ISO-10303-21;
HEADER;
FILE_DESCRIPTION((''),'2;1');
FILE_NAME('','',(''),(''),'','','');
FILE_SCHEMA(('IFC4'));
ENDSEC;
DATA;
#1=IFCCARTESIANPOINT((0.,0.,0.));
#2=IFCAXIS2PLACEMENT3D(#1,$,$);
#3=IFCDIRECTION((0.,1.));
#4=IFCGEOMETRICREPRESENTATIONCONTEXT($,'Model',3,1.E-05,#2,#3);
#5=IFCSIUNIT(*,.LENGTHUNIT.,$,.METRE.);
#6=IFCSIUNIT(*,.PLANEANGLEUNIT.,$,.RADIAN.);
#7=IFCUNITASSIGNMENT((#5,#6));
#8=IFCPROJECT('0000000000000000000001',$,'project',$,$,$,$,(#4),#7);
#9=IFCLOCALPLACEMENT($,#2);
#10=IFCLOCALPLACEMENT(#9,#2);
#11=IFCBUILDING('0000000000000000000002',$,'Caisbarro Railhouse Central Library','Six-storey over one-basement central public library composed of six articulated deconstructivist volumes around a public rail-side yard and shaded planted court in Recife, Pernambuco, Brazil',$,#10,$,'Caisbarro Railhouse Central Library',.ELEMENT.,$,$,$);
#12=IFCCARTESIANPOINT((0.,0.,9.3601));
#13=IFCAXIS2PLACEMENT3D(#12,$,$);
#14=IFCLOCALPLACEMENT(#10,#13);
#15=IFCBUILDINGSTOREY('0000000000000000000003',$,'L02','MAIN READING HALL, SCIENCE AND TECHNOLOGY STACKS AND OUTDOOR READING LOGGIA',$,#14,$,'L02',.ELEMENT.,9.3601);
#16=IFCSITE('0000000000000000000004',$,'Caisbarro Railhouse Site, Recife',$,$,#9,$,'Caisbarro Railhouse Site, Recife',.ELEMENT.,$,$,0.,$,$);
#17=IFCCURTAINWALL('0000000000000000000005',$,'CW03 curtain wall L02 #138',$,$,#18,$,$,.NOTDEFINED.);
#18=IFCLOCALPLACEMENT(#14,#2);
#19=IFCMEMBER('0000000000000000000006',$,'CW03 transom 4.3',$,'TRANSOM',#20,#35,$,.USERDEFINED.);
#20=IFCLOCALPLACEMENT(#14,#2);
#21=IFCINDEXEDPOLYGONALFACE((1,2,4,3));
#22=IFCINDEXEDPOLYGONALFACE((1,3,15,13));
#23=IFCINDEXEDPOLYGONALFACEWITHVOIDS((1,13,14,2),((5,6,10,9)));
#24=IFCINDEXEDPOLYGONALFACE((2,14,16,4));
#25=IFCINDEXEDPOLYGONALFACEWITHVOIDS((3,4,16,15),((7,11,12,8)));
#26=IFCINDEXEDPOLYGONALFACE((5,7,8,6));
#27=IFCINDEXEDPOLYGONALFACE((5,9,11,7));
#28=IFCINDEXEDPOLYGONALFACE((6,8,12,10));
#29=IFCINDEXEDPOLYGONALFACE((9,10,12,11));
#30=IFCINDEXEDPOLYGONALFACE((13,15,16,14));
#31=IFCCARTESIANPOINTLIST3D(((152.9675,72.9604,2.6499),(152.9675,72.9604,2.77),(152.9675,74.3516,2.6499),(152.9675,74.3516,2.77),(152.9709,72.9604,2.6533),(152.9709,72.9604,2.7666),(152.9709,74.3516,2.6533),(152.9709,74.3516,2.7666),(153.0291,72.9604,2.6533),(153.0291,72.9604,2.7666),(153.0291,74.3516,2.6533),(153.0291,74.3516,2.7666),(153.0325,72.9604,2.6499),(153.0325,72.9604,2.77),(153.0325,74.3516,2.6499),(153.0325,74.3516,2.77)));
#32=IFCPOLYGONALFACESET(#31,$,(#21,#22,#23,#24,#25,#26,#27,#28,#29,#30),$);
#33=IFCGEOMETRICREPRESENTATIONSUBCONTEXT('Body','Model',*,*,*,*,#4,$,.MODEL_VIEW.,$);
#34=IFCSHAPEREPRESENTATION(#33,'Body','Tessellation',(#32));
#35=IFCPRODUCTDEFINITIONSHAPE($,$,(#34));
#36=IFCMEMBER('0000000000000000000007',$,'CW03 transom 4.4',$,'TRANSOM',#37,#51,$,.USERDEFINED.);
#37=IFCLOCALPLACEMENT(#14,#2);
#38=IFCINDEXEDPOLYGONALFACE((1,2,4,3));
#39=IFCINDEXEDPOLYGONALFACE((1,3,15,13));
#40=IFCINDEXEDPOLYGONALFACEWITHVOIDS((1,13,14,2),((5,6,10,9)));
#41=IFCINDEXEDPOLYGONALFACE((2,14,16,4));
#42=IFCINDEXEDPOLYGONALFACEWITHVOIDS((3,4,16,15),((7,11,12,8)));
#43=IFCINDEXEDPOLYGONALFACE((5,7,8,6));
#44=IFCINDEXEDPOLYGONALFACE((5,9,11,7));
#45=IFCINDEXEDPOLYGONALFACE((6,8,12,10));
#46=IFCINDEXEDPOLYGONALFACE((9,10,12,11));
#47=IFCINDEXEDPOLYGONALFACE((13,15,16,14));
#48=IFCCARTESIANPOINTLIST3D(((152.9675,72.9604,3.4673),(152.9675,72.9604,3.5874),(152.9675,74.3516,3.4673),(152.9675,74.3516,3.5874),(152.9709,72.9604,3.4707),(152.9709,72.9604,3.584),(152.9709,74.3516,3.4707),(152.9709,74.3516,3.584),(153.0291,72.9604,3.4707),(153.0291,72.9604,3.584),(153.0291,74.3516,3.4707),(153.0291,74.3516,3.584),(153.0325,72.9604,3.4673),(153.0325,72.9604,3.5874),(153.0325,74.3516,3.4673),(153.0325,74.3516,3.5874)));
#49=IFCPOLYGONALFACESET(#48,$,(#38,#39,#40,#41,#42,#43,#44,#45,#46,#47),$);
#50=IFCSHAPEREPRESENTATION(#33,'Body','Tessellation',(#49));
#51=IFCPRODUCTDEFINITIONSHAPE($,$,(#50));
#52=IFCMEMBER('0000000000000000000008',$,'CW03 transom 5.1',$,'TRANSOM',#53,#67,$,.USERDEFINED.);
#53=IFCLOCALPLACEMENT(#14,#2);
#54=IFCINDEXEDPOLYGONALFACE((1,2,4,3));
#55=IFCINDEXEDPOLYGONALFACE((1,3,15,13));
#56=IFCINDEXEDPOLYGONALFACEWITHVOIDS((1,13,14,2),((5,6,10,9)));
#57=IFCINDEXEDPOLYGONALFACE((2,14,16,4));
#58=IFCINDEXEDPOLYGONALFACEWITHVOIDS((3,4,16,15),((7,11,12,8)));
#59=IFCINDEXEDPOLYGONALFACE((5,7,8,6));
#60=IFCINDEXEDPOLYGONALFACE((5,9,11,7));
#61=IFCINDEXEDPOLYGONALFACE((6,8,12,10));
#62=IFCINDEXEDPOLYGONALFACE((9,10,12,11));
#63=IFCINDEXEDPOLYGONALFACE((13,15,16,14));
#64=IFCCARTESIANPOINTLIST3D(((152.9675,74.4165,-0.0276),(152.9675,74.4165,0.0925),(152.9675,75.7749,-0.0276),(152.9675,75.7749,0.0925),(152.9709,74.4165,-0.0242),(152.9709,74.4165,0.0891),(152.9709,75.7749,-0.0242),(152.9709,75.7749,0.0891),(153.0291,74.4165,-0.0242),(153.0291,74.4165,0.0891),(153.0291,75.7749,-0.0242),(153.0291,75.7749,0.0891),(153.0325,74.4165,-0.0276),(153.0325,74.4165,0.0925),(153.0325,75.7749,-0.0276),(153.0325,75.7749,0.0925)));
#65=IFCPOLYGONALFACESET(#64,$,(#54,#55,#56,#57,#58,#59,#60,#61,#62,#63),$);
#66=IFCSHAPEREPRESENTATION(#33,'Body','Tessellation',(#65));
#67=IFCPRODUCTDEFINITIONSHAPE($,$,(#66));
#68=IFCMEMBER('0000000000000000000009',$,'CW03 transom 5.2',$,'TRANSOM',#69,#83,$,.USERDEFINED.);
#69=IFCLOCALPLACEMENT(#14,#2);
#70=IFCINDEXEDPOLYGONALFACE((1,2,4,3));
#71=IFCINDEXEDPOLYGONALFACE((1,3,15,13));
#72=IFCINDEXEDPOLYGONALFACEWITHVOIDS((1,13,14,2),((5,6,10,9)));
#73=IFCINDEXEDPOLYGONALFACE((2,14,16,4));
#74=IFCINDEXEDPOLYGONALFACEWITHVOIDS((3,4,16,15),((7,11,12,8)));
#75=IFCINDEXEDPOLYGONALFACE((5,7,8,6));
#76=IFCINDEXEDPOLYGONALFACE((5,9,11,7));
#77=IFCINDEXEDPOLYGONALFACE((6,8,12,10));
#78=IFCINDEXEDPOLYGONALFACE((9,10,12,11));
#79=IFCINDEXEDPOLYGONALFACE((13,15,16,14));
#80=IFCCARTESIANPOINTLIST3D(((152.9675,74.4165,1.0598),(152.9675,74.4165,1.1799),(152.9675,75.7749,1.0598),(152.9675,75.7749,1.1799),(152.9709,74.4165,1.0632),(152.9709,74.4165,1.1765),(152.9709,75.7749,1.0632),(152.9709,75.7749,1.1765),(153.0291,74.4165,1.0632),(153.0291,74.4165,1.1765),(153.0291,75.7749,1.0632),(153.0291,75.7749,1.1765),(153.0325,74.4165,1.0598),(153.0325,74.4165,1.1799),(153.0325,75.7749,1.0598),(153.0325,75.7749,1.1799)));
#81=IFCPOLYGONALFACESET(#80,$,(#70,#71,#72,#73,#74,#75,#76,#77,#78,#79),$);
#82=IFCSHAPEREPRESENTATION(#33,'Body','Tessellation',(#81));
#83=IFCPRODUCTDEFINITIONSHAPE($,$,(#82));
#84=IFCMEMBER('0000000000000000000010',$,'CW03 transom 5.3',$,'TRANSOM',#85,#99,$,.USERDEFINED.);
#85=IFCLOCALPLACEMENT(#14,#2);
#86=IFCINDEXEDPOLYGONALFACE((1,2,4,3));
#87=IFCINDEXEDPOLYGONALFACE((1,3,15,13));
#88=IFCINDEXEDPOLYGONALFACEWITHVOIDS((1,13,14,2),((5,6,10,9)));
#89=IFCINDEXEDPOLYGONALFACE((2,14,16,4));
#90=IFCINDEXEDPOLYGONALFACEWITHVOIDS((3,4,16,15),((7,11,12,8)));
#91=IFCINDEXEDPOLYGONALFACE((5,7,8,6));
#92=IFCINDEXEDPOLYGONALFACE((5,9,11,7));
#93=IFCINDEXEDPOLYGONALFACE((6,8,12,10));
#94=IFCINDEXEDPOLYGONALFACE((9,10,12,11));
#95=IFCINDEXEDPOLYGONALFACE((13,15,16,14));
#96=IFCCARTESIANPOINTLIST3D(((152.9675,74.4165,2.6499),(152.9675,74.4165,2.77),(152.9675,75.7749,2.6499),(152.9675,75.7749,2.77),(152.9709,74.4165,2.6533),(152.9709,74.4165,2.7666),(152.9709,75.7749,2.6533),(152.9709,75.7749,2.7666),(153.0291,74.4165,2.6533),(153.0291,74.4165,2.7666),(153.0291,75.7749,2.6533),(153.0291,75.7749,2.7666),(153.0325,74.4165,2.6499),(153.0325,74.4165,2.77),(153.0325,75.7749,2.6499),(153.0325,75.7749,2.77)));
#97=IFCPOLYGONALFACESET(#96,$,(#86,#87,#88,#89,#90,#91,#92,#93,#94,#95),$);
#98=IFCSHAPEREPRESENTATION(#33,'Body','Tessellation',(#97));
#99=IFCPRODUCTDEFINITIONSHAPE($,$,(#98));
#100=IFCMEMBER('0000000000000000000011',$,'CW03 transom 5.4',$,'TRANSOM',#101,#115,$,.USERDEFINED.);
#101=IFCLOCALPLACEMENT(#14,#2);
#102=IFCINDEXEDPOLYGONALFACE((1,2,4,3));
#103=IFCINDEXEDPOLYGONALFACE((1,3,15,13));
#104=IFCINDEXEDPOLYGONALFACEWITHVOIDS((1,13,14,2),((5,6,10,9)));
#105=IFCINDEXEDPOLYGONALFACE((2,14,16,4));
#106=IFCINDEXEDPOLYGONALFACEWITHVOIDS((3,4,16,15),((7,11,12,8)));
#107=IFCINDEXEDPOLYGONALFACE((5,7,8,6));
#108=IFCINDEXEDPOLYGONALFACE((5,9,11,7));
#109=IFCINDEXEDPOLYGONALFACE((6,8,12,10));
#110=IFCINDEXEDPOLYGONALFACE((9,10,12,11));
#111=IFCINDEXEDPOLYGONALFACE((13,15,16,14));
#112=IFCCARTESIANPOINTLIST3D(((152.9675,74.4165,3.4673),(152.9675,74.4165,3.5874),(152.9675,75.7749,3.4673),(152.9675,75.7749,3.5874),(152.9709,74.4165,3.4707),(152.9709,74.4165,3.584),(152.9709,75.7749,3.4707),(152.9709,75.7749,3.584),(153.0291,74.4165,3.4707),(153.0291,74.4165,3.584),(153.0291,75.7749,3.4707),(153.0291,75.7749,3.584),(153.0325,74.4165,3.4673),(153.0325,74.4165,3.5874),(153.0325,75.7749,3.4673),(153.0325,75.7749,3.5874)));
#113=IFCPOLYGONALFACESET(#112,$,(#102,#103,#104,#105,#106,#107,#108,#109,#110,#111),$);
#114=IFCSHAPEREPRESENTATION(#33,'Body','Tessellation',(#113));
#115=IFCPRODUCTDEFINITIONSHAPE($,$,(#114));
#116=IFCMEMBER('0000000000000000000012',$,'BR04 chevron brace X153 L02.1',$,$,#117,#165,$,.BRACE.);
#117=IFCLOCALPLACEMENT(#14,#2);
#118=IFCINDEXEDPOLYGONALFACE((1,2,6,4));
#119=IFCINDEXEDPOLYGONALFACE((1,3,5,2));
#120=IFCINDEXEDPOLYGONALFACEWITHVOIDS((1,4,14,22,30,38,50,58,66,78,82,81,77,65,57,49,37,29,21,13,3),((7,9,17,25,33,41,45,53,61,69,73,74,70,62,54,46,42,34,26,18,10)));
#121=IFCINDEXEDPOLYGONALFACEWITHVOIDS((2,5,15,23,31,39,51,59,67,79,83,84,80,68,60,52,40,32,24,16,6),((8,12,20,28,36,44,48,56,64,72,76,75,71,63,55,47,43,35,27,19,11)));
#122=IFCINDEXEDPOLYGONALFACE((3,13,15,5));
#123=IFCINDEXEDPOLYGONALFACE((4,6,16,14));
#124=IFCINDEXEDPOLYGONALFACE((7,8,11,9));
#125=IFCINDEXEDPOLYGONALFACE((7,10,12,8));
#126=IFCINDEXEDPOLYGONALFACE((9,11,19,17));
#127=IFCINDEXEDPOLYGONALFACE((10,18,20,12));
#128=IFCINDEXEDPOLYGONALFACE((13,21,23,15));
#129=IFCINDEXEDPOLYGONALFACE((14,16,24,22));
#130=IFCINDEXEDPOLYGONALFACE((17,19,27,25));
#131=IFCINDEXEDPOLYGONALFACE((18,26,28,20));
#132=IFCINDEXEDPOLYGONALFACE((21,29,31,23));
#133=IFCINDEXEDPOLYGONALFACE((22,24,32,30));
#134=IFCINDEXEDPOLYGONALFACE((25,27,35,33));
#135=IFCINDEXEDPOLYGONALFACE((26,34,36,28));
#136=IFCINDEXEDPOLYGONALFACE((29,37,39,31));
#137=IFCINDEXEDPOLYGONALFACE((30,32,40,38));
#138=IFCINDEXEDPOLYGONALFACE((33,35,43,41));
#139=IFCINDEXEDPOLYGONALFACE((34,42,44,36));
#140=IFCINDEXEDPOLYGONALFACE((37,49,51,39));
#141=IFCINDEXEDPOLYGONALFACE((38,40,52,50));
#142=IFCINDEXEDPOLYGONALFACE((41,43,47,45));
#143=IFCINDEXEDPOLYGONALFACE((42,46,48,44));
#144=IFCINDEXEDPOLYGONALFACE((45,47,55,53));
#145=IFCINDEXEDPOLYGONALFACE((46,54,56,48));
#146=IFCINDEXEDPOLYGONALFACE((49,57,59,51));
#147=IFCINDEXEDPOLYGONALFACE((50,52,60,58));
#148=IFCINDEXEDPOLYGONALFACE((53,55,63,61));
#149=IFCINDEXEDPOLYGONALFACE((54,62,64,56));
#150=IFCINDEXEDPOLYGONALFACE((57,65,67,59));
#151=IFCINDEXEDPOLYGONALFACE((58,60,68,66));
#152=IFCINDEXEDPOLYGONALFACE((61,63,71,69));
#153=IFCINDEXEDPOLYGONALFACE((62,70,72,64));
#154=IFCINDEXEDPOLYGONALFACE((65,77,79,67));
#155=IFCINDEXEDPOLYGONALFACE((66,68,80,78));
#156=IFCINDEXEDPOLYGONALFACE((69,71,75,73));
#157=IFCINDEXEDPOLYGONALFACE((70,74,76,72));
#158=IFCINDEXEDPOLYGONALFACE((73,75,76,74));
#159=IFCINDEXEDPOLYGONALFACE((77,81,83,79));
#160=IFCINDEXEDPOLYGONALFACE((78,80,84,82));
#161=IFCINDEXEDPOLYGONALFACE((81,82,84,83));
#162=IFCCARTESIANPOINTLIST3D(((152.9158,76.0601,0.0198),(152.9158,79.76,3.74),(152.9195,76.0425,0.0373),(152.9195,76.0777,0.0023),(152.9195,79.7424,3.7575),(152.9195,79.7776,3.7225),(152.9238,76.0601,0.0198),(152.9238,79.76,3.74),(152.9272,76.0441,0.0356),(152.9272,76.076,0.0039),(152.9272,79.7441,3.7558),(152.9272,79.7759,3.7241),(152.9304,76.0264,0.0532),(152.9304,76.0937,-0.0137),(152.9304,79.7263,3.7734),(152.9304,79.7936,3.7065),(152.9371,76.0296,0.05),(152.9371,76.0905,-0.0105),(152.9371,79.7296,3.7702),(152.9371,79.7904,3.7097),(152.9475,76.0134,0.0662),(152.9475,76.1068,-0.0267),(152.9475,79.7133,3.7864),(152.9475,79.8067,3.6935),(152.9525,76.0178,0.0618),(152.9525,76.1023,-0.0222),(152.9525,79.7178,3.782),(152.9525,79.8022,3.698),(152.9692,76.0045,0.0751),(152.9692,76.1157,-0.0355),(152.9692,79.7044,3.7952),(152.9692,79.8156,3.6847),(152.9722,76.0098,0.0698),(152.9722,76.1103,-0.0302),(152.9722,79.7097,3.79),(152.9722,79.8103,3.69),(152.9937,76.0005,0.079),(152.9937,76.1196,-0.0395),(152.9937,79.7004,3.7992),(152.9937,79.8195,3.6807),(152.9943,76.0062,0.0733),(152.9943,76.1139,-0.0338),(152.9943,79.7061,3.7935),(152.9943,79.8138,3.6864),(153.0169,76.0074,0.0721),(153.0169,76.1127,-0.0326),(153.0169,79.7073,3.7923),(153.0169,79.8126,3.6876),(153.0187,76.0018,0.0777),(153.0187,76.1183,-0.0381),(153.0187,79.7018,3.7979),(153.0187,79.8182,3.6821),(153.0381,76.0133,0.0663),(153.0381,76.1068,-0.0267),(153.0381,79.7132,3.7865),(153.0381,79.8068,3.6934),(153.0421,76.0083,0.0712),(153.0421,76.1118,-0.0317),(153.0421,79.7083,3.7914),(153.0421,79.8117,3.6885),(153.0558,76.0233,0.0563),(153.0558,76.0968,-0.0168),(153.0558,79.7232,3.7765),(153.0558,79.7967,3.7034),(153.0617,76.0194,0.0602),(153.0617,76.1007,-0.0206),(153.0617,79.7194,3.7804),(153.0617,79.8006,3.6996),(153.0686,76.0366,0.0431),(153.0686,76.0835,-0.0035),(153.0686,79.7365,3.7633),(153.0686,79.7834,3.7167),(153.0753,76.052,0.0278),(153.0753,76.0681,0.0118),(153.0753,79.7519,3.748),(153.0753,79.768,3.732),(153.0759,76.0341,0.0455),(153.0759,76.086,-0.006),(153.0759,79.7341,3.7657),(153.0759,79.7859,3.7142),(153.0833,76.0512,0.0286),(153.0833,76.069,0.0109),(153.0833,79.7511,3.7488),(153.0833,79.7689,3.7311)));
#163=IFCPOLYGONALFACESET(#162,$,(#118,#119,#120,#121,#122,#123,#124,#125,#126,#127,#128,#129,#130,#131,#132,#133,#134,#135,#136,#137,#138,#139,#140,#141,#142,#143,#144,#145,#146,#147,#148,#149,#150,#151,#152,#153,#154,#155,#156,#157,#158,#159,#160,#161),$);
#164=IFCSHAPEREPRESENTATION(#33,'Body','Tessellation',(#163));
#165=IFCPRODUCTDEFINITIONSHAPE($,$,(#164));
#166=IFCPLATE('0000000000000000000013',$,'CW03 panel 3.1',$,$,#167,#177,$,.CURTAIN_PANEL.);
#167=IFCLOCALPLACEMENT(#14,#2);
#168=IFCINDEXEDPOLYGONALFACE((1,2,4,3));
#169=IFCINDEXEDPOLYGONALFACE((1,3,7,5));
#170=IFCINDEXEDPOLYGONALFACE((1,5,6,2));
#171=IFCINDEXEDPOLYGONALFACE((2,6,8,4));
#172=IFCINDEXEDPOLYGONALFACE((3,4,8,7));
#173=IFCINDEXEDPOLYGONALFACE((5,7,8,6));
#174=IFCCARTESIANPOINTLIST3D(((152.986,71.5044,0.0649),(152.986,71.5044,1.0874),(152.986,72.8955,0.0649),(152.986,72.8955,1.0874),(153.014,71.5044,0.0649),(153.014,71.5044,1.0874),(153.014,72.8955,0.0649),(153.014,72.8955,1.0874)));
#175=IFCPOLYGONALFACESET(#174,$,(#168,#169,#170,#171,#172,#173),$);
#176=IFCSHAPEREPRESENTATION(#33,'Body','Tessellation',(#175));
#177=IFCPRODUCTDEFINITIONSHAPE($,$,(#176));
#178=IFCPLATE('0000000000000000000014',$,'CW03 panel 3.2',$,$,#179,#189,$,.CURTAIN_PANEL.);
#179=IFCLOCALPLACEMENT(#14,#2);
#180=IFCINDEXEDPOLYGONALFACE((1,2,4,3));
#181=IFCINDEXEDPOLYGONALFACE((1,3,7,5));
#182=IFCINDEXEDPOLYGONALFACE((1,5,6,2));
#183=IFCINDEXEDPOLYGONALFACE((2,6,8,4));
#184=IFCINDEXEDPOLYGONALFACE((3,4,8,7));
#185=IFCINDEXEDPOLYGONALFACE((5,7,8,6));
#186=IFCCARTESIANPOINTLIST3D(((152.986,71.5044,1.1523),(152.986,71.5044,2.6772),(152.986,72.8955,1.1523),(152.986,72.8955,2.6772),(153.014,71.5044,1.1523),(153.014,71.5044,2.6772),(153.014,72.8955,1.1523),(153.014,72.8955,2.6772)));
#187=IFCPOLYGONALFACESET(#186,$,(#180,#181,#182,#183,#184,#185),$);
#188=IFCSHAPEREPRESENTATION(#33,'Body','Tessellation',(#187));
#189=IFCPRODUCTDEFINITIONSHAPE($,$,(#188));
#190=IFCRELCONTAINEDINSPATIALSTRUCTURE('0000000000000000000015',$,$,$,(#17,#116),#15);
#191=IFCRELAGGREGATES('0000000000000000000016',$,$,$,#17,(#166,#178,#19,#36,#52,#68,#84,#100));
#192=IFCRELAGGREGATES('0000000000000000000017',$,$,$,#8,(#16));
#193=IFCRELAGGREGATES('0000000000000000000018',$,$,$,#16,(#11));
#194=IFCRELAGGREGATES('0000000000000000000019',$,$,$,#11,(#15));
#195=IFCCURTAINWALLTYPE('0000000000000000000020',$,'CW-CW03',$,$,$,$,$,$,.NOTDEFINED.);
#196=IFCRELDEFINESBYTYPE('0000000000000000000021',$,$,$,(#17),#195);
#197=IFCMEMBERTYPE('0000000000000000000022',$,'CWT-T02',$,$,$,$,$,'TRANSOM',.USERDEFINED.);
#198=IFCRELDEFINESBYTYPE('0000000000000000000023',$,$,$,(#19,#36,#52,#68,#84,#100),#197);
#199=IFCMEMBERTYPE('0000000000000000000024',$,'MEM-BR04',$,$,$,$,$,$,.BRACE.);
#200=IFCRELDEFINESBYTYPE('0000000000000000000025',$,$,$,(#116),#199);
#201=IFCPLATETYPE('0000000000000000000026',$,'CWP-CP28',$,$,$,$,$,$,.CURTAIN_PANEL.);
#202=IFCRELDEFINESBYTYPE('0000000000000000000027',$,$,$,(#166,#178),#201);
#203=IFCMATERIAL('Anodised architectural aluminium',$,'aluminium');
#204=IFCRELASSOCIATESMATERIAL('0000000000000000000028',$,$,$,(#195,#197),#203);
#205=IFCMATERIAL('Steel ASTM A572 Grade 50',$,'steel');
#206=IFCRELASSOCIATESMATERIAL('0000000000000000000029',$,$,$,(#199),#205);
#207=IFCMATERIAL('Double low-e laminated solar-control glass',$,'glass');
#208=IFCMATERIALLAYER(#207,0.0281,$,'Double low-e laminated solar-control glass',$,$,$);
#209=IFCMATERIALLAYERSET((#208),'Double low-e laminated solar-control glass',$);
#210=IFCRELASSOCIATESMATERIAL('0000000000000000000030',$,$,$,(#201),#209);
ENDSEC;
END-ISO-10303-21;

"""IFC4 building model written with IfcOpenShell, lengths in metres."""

from ifc_helpers import new_model, si_unit, direction, frame, origin, origin_2d, place, context, subcontext, project, spatial, rectangle, hollow_rectangle, hollow_circle, extrude, material, layer, layer_set, material_profile, profile_set, type_object, element, aggregate, save


model = new_model("IFC4")

# Units and contexts
model_context = context("Model", 3, precision=1e-05, world=origin(), true_north=direction((0.0, 1.0)))
body_context = subcontext(model_context, "Body", "Model", "MODEL_VIEW")
ifc_project = project(units=[si_unit("LENGTHUNIT", "METRE"), si_unit("PLANEANGLEUNIT", "RADIAN")], contexts=[model_context])

# Site, building, storey
site_placement = place(None, origin())
site = spatial("IfcSite", under=ifc_project, at=site_placement, Name="Caisbarro Railhouse Site, Recife", LongName="Caisbarro Railhouse Site, Recife", CompositionType="ELEMENT", RefElevation=0.0)
building_placement = place(site_placement, origin())
building = spatial("IfcBuilding", under=site, at=building_placement, Name="Caisbarro Railhouse Central Library", Description="Six-storey over one-basement central public library composed of six articulated deconstructivist volumes around a public rail-side yard and shaded planted court in Recife, Pernambuco, Brazil", LongName="Caisbarro Railhouse Central Library", CompositionType="ELEMENT")
storey_placement = place(building_placement, frame((0.0, 0.0, 9.3601)))
storey = spatial("IfcBuildingStorey", under=building, at=storey_placement, Name="L02", Description="MAIN READING HALL, SCIENCE AND TECHNOLOGY STACKS AND OUTDOOR READING LOGGIA", LongName="L02", CompositionType="ELEMENT", Elevation=9.3601)

# Shared definitions
ifc_material_1 = material(Name="Steel ASTM A572 Grade 50", Category="steel")

# Curtain wall, members
ifc_material_2 = material(Name="Anodised architectural aluminium", Category="aluminium")
curtain_wall_type = type_object("IfcCurtainWallType", Name="CW-CW03", PredefinedType="NOTDEFINED", material=ifc_material_2)
curtain_wall_placement = place(storey_placement, origin())
curtain_wall = element("IfcCurtainWall", 1, at=curtain_wall_placement, inside=storey, type_object=curtain_wall_type, Name="CW03 curtain wall L02 #138", PredefinedType="NOTDEFINED")
ifc_material_profile_1 = material_profile(ifc_material_2, hollow_rectangle(XDim=0.0649, YDim=0.1201, WallThickness=0.0034, at=origin_2d()), Name="ALU-TRN-65X120")
ifc_profile_set_1 = profile_set([ifc_material_profile_1], Name="Anodised architectural aluminium")
member_type_1 = type_object("IfcMemberType", Name="CWT-T02", ElementType="TRANSOM", PredefinedType="USERDEFINED", material=ifc_profile_set_1)
member_1_placement = place(storey_placement, frame((153.0, 72.9604, 2.71), z_axis=(0.0, 1.0, 0.0), x_axis=(-1.0, 0.0, 0.0)))
member_1 = element("IfcMember", 2, at=member_1_placement, type_object=member_type_1, Name="CW03 transom 4.3", ObjectType="TRANSOM", PredefinedType="USERDEFINED", context=body_context, shape_type="SweptSolid", body=[
    extrude(hollow_rectangle(XDim=0.0649, YDim=0.1201, WallThickness=0.0034, at=origin_2d()), origin(), (0.0, 0.0, 1.0), 1.3911),
])
member_2_placement = place(storey_placement, frame((153.0, 72.9604, 3.5273), z_axis=(0.0, 1.0, 0.0), x_axis=(-1.0, 0.0, 0.0)))
member_2 = element("IfcMember", 3, at=member_2_placement, type_object=member_type_1, Name="CW03 transom 4.4", ObjectType="TRANSOM", PredefinedType="USERDEFINED", context=body_context, shape_type="SweptSolid", body=[
    extrude(hollow_rectangle(XDim=0.0649, YDim=0.1201, WallThickness=0.0034, at=origin_2d()), origin(), (0.0, 0.0, 1.0), 1.3911),
])
member_3_placement = place(storey_placement, frame((153.0, 74.4165, 0.0325), z_axis=(0.0, 1.0, 0.0), x_axis=(-1.0, 0.0, 0.0)))
member_3 = element("IfcMember", 4, at=member_3_placement, type_object=member_type_1, Name="CW03 transom 5.1", ObjectType="TRANSOM", PredefinedType="USERDEFINED", context=body_context, shape_type="SweptSolid", body=[
    extrude(hollow_rectangle(XDim=0.0649, YDim=0.1201, WallThickness=0.0034, at=origin_2d()), origin(), (0.0, 0.0, 1.0), 1.3584),
])
member_4_placement = place(storey_placement, frame((153.0, 74.4165, 1.1199), z_axis=(0.0, 1.0, 0.0), x_axis=(-1.0, 0.0, 0.0)))
member_4 = element("IfcMember", 5, at=member_4_placement, type_object=member_type_1, Name="CW03 transom 5.2", ObjectType="TRANSOM", PredefinedType="USERDEFINED", context=body_context, shape_type="SweptSolid", body=[
    extrude(hollow_rectangle(XDim=0.0649, YDim=0.1201, WallThickness=0.0034, at=origin_2d()), origin(), (0.0, 0.0, 1.0), 1.3584),
])
member_5_placement = place(storey_placement, frame((153.0, 74.4165, 2.71), z_axis=(0.0, 1.0, 0.0), x_axis=(-1.0, 0.0, 0.0)))
member_5 = element("IfcMember", 6, at=member_5_placement, type_object=member_type_1, Name="CW03 transom 5.3", ObjectType="TRANSOM", PredefinedType="USERDEFINED", context=body_context, shape_type="SweptSolid", body=[
    extrude(hollow_rectangle(XDim=0.0649, YDim=0.1201, WallThickness=0.0034, at=origin_2d()), origin(), (0.0, 0.0, 1.0), 1.3584),
])
member_6_placement = place(storey_placement, frame((153.0, 74.4165, 3.5273), z_axis=(0.0, 1.0, 0.0), x_axis=(-1.0, 0.0, 0.0)))
member_6 = element("IfcMember", 7, at=member_6_placement, type_object=member_type_1, Name="CW03 transom 5.4", ObjectType="TRANSOM", PredefinedType="USERDEFINED", context=body_context, shape_type="SweptSolid", body=[
    extrude(hollow_rectangle(XDim=0.0649, YDim=0.1201, WallThickness=0.0034, at=origin_2d()), origin(), (0.0, 0.0, 1.0), 1.3584),
])

# Member
ifc_material_profile_2 = material_profile(ifc_material_1, hollow_circle(Radius=0.0842, WallThickness=0.0081, at=origin_2d()), Name="CHS168.3X8")
ifc_profile_set_2 = profile_set([ifc_material_profile_2], Name="Steel ASTM A572 Grade 50")
member_type_2 = type_object("IfcMemberType", Name="MEM-BR04", PredefinedType="BRACE", material=ifc_profile_set_2)
member_7_placement = place(storey_placement, frame((153.0, 76.0601, 0.0198), z_axis=(0.0, 0.705173, 0.709035), x_axis=(-1.0, 0.0, 0.0)))
element("IfcMember", 8, at=member_7_placement, inside=storey, type_object=member_type_2, Name="BR04 chevron brace X153 L02.1", PredefinedType="BRACE", context=body_context, shape_type="SweptSolid", body=[
    extrude(hollow_circle(Radius=0.0842, WallThickness=0.0081, at=origin_2d()), origin(), (0.0, 0.0, 1.0), 5.2468),
])

# Plates
ifc_material_3 = material(Name="Double low-e laminated solar-control glass", Category="glass")
ifc_layer_1 = layer(ifc_material_3, 0.0281, Name="Double low-e laminated solar-control glass")
ifc_layer_set_1 = layer_set([ifc_layer_1], Name="Double low-e laminated solar-control glass")
plate_type_1 = type_object("IfcPlateType", Name="CWP-CP28", PredefinedType="CURTAIN_PANEL", material=ifc_layer_set_1)
plate_1_placement = place(storey_placement, frame((153.0, 72.2, 0.0649), z_axis=(0.0, 0.0, 1.0), x_axis=(0.0, 1.0, 0.0)))
plate_1 = element("IfcPlate", 9, at=plate_1_placement, type_object=plate_type_1, Name="CW03 panel 3.1", PredefinedType="CURTAIN_PANEL", context=body_context, shape_type="SweptSolid", body=[
    extrude(rectangle(XDim=1.3911, YDim=0.0281, at=origin_2d()), origin(), (0.0, 0.0, 1.0), 1.0225),
])
plate_2_placement = place(storey_placement, frame((153.0, 72.2, 1.1523), z_axis=(0.0, 0.0, 1.0), x_axis=(0.0, 1.0, 0.0)))
plate_2 = element("IfcPlate", 10, at=plate_2_placement, type_object=plate_type_1, Name="CW03 panel 3.2", PredefinedType="CURTAIN_PANEL", context=body_context, shape_type="SweptSolid", body=[
    extrude(rectangle(XDim=1.3911, YDim=0.0281, at=origin_2d()), origin(), (0.0, 0.0, 1.0), 1.5249),
])
aggregate(curtain_wall, [plate_1, plate_2, member_1, member_2, member_3, member_4, member_5, member_6])

save(model, "model.ifc")
